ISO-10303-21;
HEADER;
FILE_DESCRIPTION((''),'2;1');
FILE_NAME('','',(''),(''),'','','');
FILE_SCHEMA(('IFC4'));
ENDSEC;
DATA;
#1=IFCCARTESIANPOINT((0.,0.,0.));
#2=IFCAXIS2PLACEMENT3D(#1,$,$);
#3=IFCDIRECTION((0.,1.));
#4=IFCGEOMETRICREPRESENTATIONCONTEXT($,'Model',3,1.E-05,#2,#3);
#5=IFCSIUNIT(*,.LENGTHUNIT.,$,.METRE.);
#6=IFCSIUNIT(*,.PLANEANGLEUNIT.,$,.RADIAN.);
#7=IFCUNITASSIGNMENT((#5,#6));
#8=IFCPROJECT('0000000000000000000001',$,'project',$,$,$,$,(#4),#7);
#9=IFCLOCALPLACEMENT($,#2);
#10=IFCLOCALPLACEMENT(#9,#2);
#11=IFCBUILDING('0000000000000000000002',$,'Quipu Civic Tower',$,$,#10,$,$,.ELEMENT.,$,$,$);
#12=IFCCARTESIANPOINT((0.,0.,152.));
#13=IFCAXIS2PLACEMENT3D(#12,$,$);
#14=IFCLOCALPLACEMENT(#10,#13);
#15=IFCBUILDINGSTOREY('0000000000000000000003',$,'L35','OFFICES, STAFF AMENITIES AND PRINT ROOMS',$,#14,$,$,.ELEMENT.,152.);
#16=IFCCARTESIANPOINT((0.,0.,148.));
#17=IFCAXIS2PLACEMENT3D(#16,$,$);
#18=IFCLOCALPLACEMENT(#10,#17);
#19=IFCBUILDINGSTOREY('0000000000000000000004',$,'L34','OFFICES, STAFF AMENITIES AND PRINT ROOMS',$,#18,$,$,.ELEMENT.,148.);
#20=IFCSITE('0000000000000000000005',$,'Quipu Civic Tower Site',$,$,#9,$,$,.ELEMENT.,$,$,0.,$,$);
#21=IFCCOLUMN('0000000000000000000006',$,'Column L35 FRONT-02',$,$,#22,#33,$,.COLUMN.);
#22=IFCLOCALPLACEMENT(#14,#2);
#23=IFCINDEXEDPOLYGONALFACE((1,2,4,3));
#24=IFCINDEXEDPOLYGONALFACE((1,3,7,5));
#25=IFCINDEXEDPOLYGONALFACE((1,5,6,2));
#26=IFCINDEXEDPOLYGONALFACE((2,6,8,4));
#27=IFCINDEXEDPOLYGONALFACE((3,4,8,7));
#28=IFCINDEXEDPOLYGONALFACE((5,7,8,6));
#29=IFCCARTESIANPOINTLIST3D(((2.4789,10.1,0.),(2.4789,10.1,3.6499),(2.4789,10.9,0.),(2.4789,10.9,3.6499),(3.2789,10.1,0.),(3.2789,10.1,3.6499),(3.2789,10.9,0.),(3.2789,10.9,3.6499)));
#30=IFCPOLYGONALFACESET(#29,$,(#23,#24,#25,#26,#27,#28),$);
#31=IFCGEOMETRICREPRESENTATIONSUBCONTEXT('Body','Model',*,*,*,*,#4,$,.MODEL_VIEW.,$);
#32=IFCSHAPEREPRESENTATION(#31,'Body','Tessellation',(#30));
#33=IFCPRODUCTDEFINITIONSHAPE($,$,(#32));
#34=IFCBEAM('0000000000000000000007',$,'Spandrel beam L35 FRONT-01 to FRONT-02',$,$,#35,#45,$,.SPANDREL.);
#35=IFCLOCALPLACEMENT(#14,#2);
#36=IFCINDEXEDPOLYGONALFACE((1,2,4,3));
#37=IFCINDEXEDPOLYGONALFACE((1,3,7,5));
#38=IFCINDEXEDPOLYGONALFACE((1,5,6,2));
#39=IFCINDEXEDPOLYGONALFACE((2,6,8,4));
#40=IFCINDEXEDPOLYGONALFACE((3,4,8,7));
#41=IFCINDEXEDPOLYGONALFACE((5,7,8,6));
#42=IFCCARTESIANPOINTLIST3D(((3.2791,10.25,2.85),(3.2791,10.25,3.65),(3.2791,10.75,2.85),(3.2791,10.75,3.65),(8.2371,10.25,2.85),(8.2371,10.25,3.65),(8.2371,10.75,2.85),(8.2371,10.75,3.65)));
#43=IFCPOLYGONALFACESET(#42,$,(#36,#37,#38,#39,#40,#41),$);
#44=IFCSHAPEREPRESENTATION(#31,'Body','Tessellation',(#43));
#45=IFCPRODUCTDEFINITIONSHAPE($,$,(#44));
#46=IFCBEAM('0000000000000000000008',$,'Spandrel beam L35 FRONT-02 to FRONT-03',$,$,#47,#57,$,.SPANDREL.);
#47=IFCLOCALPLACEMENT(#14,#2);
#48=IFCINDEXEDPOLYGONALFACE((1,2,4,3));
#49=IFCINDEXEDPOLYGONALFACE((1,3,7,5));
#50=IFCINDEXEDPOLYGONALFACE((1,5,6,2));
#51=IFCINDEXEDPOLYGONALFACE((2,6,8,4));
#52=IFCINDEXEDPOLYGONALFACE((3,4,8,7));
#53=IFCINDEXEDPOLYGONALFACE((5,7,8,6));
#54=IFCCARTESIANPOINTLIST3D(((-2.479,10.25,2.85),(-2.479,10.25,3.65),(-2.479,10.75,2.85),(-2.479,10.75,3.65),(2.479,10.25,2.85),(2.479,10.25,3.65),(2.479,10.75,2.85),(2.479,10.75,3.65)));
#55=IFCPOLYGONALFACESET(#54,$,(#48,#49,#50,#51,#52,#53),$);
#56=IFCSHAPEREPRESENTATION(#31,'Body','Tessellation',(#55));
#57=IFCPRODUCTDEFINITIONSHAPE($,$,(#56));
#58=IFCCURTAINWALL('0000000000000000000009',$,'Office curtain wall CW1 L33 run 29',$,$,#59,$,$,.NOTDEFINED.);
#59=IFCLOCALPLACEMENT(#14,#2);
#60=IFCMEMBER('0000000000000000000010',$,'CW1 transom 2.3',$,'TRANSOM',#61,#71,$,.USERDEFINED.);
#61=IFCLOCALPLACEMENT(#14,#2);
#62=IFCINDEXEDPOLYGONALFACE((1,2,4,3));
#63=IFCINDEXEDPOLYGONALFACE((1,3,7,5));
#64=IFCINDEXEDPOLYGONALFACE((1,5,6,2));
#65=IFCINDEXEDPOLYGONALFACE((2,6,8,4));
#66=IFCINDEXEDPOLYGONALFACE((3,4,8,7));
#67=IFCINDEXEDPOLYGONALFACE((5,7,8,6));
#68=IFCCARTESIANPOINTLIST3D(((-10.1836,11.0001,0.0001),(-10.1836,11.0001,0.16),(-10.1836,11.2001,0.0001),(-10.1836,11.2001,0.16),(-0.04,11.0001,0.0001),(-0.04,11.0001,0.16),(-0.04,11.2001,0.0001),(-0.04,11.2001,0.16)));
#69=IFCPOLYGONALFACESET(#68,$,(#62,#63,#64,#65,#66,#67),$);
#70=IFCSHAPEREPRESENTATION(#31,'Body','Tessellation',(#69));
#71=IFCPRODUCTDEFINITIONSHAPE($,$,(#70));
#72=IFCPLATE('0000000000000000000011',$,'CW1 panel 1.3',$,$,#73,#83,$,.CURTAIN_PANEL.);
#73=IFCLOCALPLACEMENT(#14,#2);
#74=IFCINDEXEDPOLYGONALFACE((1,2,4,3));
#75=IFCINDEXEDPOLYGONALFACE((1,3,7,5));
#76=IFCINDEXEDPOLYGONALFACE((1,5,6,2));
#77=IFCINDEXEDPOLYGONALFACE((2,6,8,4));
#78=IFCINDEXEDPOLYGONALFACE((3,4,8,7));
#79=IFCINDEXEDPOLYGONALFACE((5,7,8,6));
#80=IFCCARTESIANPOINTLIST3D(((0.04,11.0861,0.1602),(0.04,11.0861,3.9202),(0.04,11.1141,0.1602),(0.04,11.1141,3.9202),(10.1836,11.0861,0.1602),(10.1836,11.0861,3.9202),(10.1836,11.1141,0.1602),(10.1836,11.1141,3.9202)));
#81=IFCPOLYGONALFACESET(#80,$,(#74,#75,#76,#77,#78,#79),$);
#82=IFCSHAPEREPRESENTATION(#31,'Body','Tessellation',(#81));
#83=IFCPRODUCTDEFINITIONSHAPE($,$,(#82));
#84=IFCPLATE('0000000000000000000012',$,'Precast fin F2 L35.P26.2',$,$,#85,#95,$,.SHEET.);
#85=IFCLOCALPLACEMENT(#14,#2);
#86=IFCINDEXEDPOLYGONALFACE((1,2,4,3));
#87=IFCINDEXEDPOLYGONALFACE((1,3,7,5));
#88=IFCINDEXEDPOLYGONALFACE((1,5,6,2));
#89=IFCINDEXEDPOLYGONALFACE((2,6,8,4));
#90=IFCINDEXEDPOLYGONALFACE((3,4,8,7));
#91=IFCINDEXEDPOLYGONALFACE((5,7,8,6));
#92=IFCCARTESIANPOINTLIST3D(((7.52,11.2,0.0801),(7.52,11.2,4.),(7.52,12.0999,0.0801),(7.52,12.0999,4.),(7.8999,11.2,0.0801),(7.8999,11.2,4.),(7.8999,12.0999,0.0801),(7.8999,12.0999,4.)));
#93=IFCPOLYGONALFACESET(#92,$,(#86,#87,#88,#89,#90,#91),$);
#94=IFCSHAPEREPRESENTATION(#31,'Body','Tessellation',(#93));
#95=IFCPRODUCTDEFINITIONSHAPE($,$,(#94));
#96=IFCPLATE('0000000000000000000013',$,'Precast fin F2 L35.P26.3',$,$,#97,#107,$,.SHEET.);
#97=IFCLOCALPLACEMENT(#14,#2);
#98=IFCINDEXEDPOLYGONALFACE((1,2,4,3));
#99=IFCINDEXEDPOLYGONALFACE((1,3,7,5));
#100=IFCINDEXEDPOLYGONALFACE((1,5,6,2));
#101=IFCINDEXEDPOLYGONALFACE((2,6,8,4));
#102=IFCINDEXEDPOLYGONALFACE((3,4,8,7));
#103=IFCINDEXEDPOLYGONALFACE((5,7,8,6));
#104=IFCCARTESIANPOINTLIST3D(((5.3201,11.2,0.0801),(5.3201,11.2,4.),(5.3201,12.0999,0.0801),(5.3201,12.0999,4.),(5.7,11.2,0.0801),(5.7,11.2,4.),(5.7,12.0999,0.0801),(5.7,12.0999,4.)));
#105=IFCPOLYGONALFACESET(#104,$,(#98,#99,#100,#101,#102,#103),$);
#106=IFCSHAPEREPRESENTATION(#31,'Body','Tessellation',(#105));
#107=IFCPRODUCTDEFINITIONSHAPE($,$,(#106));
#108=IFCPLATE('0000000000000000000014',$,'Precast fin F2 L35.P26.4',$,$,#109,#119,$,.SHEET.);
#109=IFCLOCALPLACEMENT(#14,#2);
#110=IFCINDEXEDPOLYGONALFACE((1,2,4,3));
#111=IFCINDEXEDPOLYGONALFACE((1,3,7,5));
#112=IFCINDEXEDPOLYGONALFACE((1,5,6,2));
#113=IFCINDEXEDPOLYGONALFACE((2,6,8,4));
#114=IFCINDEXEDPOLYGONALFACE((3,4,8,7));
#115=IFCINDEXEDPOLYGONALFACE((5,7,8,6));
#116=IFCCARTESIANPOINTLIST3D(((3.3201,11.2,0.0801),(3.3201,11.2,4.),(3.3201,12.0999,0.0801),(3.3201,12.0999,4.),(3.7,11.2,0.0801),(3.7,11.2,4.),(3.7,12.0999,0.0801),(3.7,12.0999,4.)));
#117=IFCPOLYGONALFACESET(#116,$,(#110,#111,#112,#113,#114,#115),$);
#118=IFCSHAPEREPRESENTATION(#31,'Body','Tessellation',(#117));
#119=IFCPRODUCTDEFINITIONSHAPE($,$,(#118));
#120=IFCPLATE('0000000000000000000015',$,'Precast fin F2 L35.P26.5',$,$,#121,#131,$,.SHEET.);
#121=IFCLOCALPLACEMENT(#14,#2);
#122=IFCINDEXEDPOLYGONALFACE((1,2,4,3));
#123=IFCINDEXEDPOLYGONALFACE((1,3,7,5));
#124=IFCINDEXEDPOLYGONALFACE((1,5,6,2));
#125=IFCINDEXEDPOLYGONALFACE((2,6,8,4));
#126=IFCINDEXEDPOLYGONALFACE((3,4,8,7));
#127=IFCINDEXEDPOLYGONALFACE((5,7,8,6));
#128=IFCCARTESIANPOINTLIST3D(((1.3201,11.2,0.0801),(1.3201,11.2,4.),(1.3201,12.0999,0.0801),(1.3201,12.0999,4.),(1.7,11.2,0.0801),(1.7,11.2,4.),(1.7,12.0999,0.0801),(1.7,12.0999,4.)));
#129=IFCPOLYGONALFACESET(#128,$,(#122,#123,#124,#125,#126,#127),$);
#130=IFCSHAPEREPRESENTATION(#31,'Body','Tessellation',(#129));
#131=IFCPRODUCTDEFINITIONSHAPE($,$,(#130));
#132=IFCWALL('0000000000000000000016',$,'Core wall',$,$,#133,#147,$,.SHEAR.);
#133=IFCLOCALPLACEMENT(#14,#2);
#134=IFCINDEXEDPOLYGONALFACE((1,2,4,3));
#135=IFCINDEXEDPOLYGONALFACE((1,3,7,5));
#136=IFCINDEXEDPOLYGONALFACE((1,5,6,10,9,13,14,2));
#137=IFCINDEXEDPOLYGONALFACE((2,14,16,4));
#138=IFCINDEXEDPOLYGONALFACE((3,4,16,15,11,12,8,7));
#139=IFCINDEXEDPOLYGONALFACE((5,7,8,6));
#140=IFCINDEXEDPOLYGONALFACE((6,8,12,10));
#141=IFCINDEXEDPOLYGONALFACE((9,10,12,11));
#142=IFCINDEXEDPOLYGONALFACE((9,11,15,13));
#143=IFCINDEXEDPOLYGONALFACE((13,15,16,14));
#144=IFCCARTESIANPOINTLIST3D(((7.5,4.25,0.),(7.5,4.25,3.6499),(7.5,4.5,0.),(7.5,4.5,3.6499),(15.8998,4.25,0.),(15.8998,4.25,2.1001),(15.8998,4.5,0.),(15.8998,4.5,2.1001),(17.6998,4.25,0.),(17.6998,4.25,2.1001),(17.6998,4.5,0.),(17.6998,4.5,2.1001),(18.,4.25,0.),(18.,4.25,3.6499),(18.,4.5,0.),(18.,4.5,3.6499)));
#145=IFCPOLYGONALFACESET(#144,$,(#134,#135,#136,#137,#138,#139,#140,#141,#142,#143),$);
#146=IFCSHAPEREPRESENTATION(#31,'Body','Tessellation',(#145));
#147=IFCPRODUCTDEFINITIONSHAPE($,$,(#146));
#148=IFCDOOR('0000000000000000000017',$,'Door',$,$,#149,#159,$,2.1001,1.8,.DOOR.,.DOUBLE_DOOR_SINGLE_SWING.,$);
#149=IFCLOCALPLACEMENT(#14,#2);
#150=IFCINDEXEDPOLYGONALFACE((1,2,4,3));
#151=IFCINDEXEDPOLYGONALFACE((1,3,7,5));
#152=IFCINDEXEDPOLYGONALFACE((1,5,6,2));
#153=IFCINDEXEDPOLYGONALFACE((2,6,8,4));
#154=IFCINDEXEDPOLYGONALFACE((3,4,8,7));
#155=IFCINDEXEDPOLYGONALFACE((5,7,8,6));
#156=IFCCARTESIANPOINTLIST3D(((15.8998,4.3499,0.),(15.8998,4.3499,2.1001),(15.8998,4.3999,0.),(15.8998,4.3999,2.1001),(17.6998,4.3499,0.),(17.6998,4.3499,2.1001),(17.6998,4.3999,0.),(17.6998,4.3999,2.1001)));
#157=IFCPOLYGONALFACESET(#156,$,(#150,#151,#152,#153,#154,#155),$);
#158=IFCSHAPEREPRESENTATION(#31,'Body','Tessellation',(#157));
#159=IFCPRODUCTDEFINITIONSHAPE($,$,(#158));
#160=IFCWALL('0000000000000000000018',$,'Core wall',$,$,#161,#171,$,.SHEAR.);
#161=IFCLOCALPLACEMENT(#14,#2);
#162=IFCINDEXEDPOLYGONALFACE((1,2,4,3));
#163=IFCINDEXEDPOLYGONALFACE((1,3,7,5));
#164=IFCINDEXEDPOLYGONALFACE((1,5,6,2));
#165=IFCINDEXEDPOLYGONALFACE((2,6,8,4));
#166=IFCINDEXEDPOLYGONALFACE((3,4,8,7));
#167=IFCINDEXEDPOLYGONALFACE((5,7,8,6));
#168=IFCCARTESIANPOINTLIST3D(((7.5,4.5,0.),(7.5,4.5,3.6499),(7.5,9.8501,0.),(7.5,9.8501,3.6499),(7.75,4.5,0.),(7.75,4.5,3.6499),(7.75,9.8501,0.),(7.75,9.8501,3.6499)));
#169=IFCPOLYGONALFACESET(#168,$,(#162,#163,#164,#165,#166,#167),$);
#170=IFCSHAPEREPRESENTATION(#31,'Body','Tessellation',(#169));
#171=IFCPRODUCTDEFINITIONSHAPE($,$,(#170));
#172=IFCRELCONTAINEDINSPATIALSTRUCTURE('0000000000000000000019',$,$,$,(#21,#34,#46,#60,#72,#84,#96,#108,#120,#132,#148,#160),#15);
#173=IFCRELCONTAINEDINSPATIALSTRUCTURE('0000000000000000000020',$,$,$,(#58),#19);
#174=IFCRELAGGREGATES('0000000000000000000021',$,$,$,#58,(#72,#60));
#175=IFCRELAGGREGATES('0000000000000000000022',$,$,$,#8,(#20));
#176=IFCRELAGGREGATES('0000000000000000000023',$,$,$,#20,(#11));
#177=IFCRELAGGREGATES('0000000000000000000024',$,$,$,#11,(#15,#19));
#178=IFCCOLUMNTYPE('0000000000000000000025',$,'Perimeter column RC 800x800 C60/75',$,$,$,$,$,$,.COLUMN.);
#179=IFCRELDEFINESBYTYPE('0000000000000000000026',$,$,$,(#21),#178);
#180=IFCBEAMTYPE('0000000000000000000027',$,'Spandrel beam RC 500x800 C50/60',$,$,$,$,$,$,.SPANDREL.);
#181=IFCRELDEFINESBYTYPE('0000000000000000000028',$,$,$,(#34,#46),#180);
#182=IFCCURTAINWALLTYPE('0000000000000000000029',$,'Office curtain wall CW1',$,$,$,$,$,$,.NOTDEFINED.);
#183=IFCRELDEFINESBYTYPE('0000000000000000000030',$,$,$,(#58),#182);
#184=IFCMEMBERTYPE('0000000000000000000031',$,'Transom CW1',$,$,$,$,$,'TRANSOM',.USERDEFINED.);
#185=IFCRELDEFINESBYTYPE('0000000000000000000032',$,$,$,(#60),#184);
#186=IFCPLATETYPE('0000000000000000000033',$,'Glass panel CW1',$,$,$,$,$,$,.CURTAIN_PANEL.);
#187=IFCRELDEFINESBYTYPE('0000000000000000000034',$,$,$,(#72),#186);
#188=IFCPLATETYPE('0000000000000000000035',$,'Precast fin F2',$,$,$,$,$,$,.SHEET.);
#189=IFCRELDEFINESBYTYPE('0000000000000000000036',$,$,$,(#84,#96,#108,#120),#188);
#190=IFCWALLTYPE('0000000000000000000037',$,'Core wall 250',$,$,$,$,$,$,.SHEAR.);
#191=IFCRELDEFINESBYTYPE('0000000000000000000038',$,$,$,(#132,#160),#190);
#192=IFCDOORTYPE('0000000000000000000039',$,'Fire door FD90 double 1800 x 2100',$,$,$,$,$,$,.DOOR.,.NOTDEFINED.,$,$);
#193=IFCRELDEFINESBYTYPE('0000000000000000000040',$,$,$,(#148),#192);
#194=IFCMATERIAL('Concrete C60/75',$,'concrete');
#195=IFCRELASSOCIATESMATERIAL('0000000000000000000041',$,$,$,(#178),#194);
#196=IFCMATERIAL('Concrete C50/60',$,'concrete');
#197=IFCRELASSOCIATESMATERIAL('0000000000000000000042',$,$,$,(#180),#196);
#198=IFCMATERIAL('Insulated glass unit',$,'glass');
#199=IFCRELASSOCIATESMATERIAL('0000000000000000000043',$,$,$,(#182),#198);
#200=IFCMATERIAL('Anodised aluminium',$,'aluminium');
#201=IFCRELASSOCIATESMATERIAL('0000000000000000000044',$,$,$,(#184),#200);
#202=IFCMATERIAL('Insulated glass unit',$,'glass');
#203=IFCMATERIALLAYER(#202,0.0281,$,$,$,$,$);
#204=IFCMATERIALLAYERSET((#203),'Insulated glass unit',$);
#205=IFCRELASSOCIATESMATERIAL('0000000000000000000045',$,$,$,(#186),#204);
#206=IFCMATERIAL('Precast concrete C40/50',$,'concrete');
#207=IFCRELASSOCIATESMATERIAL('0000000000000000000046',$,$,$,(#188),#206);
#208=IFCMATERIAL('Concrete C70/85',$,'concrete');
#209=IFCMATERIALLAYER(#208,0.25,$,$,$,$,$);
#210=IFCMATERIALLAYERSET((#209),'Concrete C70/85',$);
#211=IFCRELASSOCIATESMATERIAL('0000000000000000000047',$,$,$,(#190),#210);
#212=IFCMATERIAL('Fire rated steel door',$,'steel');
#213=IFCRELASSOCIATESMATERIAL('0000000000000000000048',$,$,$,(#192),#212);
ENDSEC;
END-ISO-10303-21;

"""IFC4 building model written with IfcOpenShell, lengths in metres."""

from ifc_helpers import new_model, si_unit, direction, frame, frame_2d, origin, origin_2d, place, context, subcontext, project, spatial, rectangle, extrude, material, layer, layer_set, material_profile, profile_set, type_object, element, fill, aggregate, save


model = new_model("IFC4")

# Units and contexts
model_context = context("Model", 3, precision=1e-05, world=origin(), true_north=direction((0.0, 1.0)))
body_context = subcontext(model_context, "Body", "Model", "MODEL_VIEW")
ifc_project = project(units=[si_unit("LENGTHUNIT", "METRE"), si_unit("PLANEANGLEUNIT", "RADIAN")], contexts=[model_context])

# Site, building, storey
site_placement = place(None, origin())
site = spatial("IfcSite", under=ifc_project, at=site_placement, Name="Quipu Civic Tower Site", CompositionType="ELEMENT", RefElevation=0.0)
building_placement = place(site_placement, origin())
building = spatial("IfcBuilding", under=site, at=building_placement, Name="Quipu Civic Tower", CompositionType="ELEMENT")
storey_1_placement = place(building_placement, frame((0.0, 0.0, 152.0)))
storey_1 = spatial("IfcBuildingStorey", under=building, at=storey_1_placement, Name="L35", Description="OFFICES, STAFF AMENITIES AND PRINT ROOMS", CompositionType="ELEMENT", Elevation=152.0)

# Column
ifc_material_1 = material(Name="Concrete C60/75", Category="concrete")
ifc_material_profile_1 = material_profile(ifc_material_1, rectangle(XDim=0.8, YDim=0.8, at=origin_2d()), Name="RC800x800")
ifc_profile_set_1 = profile_set([ifc_material_profile_1], Name="Concrete C60/75")
column_type = type_object("IfcColumnType", Name="Perimeter column RC 800x800 C60/75", PredefinedType="COLUMN", material=ifc_profile_set_1)
column_placement = place(storey_1_placement, frame((2.8789, 10.5, 0.0), z_axis=(0.0, 0.0, 1.0), x_axis=(-1.0, 0.0, 0.0)))
element("IfcColumn", 1, at=column_placement, inside=storey_1, type_object=column_type, Name="Column L35 FRONT-02", PredefinedType="COLUMN", context=body_context, shape_type="SweptSolid", body=[
    extrude(rectangle(XDim=0.8, YDim=0.8, at=origin_2d()), origin(), (0.0, 0.0, 1.0), 3.6499),
])

# Beams
ifc_material_2 = material(Name="Concrete C50/60", Category="concrete")
ifc_material_profile_2 = material_profile(ifc_material_2, rectangle(XDim=0.5, YDim=0.8, at=origin_2d()), Name="RC500x800")
ifc_profile_set_2 = profile_set([ifc_material_profile_2], Name="Concrete C50/60")
beam_type = type_object("IfcBeamType", Name="Spandrel beam RC 500x800 C50/60", PredefinedType="SPANDREL", material=ifc_profile_set_2)
for number, where, z_axis, x_axis, name in (
    (2, (8.2371, 10.5, 3.25), (-1.0, 0.0, 0.0), (0.0, -1.0, 0.0), "Spandrel beam L35 FRONT-01 to FRONT-02"),
    (3, (2.479, 10.5, 3.25), (-1.0, 0.0, 0.0), (0.0, -1.0, 0.0), "Spandrel beam L35 FRONT-02 to FRONT-03"),
):
    element("IfcBeam", number, at=place(storey_1_placement, frame(where, z_axis=z_axis, x_axis=x_axis)), inside=storey_1, type_object=beam_type, Name=name, PredefinedType="SPANDREL", context=body_context, shape_type="SweptSolid", body=[
        extrude(rectangle(XDim=0.5, YDim=0.8, at=origin_2d()), origin(), (0.0, 0.0, 1.0), 4.958),
    ])

# Shared definitions
storey_2_placement = place(building_placement, frame((0.0, 0.0, 148.0)))
storey_2 = spatial("IfcBuildingStorey", under=building, at=storey_2_placement, Name="L34", Description="OFFICES, STAFF AMENITIES AND PRINT ROOMS", CompositionType="ELEMENT", Elevation=148.0)

# Curtain wall, member, plate
ifc_material_3 = material(Name="Insulated glass unit", Category="glass")
curtain_wall_type = type_object("IfcCurtainWallType", Name="Office curtain wall CW1", PredefinedType="NOTDEFINED", material=ifc_material_3)
curtain_wall_placement = place(storey_2_placement, origin())
curtain_wall = element("IfcCurtainWall", 4, at=curtain_wall_placement, inside=storey_2, type_object=curtain_wall_type, Name="Office curtain wall CW1 L33 run 29", PredefinedType="NOTDEFINED")
ifc_material_4 = material(Name="Anodised aluminium", Category="aluminium")
ifc_material_profile_3 = material_profile(ifc_material_4, rectangle(XDim=0.2, YDim=0.1599, at=origin_2d()), Name="RECT 200x160")
ifc_profile_set_3 = profile_set([ifc_material_profile_3], Name="Anodised aluminium")
member_type = type_object("IfcMemberType", Name="Transom CW1", ElementType="TRANSOM", PredefinedType="USERDEFINED", material=ifc_profile_set_3)
member_placement = place(storey_1_placement, frame((-0.04, 11.1001, 0.0801), z_axis=(-1.0, 0.0, 0.0), x_axis=(0.0, -1.0, 0.0)))
member = element("IfcMember", 5, at=member_placement, inside=storey_1, type_object=member_type, Name="CW1 transom 2.3", ObjectType="TRANSOM", PredefinedType="USERDEFINED", context=body_context, shape_type="SweptSolid", body=[
    extrude(rectangle(XDim=0.2, YDim=0.1599, at=origin_2d()), origin(), (0.0, 0.0, 1.0), 10.1436),
])
ifc_material_5 = material(Name="Insulated glass unit", Category="glass")
ifc_layer_1 = layer(ifc_material_5, 0.0281)
ifc_layer_set_1 = layer_set([ifc_layer_1], Name="Insulated glass unit")
plate_type_1 = type_object("IfcPlateType", Name="Glass panel CW1", PredefinedType="CURTAIN_PANEL", material=ifc_layer_set_1)
plate_placement = place(storey_1_placement, frame((5.1118, 11.1001, 0.1602), z_axis=(0.0, 0.0, 1.0), x_axis=(-1.0, 0.0, 0.0)))
plate = element("IfcPlate", 6, at=plate_placement, inside=storey_1, type_object=plate_type_1, Name="CW1 panel 1.3", PredefinedType="CURTAIN_PANEL", context=body_context, shape_type="SweptSolid", body=[
    extrude(rectangle(XDim=10.1436, YDim=0.0281, at=origin_2d()), origin(), (0.0, 0.0, 1.0), 3.76),
])
aggregate(curtain_wall, [plate, member])

# Plates
ifc_material_6 = material(Name="Precast concrete C40/50", Category="concrete")
plate_type_2 = type_object("IfcPlateType", Name="Precast fin F2", PredefinedType="SHEET", material=ifc_material_6)
for number, where, z_axis, x_axis, name in (
    (7, (7.71, 11.6499, 0.0801), (0.0, 0.0, 1.0), (-1.0, 0.0, 0.0), "Precast fin F2 L35.P26.2"),
    (8, (5.51, 11.6499, 0.0801), (0.0, 0.0, 1.0), (-1.0, 0.0, 0.0), "Precast fin F2 L35.P26.3"),
    (9, (3.51, 11.6499, 0.0801), (0.0, 0.0, 1.0), (-1.0, 0.0, 0.0), "Precast fin F2 L35.P26.4"),
    (10, (1.51, 11.6499, 0.0801), (0.0, 0.0, 1.0), (-1.0, 0.0, 0.0), "Precast fin F2 L35.P26.5"),
):
    element("IfcPlate", number, at=place(storey_1_placement, frame(where, z_axis=z_axis, x_axis=x_axis)), inside=storey_1, type_object=plate_type_2, Name=name, PredefinedType="SHEET", context=body_context, shape_type="SweptSolid", body=[
        extrude(rectangle(XDim=0.3799, YDim=0.8999, at=origin_2d()), origin(), (0.0, 0.0, 1.0), 3.9199),
    ])

# Wall, opening, door
ifc_material_7 = material(Name="Concrete C70/85", Category="concrete")
ifc_layer_2 = layer(ifc_material_7, 0.25)
ifc_layer_set_2 = layer_set([ifc_layer_2], Name="Concrete C70/85")
wall_type_1 = type_object("IfcWallType", Name="Core wall 250", PredefinedType="SHEAR", material=ifc_layer_set_2)
wall_1_placement = place(storey_1_placement, frame((7.5, 4.375, 0.0), z_axis=(0.0, 0.0, 1.0), x_axis=(1.0, 0.0, 0.0)))
wall_1 = element("IfcWall", 11, at=wall_1_placement, inside=storey_1, type_object=wall_type_1, Name="Core wall", PredefinedType="SHEAR", context=body_context, shape_type="SweptSolid", body=[
    extrude(rectangle(XDim=10.5, YDim=0.25, at=frame_2d((5.25, 0.0))), origin(), (0.0, 0.0, 1.0), 3.6499),
])
opening_1_placement = place(wall_1_placement, frame((8.3999, 0.0, 0.0)))
opening_1 = element("IfcOpeningElement", 12, at=opening_1_placement, cuts=wall_1, PredefinedType="OPENING", context=body_context, shape_type="SweptSolid", body=[
    extrude(rectangle(XDim=1.8, YDim=2.1001, at=frame_2d((0.8999, 1.05))), frame((0.0, 0.135, 0.0), z_axis=(0.0, -1.0, 0.0), x_axis=(1.0, 0.0, 0.0)), (0.0, 0.0, 1.0), 0.27),
])
ifc_material_8 = material(Name="Fire rated steel door", Category="steel")
door_type_1 = type_object("IfcDoorType", Name="Fire door FD90 double 1800 x 2100", OperationType="NOTDEFINED", PredefinedType="DOOR", material=ifc_material_8)
door_1_placement = place(opening_1_placement, origin())
door_1 = element("IfcDoor", 13, at=door_1_placement, inside=storey_1, type_object=door_type_1, Name="Door", OperationType="DOUBLE_DOOR_SINGLE_SWING", OverallHeight=2.1001, OverallWidth=1.8, PredefinedType="DOOR", context=body_context, shape_type="SweptSolid", body=[
    extrude(rectangle(XDim=1.8, YDim=2.1001, at=frame_2d((0.8999, 1.05))), frame((0.0, 0.0249, 0.0), z_axis=(0.0, -1.0, 0.0), x_axis=(1.0, 0.0, 0.0)), (0.0, 0.0, 1.0), 0.05),
])
fill(opening_1, door_1)

# Wall
wall_2_placement = place(storey_1_placement, frame((7.625, 4.5, 0.0), z_axis=(0.0, 0.0, 1.0), x_axis=(0.0, 1.0, 0.0)))
element("IfcWall", 14, at=wall_2_placement, inside=storey_1, type_object=wall_type_1, Name="Core wall", PredefinedType="SHEAR", context=body_context, shape_type="SweptSolid", body=[
    extrude(rectangle(XDim=5.3501, YDim=0.25, at=frame_2d((2.675, 0.0))), origin(), (0.0, 0.0, 1.0), 3.6499),
])

save(model, "model.ifc")
